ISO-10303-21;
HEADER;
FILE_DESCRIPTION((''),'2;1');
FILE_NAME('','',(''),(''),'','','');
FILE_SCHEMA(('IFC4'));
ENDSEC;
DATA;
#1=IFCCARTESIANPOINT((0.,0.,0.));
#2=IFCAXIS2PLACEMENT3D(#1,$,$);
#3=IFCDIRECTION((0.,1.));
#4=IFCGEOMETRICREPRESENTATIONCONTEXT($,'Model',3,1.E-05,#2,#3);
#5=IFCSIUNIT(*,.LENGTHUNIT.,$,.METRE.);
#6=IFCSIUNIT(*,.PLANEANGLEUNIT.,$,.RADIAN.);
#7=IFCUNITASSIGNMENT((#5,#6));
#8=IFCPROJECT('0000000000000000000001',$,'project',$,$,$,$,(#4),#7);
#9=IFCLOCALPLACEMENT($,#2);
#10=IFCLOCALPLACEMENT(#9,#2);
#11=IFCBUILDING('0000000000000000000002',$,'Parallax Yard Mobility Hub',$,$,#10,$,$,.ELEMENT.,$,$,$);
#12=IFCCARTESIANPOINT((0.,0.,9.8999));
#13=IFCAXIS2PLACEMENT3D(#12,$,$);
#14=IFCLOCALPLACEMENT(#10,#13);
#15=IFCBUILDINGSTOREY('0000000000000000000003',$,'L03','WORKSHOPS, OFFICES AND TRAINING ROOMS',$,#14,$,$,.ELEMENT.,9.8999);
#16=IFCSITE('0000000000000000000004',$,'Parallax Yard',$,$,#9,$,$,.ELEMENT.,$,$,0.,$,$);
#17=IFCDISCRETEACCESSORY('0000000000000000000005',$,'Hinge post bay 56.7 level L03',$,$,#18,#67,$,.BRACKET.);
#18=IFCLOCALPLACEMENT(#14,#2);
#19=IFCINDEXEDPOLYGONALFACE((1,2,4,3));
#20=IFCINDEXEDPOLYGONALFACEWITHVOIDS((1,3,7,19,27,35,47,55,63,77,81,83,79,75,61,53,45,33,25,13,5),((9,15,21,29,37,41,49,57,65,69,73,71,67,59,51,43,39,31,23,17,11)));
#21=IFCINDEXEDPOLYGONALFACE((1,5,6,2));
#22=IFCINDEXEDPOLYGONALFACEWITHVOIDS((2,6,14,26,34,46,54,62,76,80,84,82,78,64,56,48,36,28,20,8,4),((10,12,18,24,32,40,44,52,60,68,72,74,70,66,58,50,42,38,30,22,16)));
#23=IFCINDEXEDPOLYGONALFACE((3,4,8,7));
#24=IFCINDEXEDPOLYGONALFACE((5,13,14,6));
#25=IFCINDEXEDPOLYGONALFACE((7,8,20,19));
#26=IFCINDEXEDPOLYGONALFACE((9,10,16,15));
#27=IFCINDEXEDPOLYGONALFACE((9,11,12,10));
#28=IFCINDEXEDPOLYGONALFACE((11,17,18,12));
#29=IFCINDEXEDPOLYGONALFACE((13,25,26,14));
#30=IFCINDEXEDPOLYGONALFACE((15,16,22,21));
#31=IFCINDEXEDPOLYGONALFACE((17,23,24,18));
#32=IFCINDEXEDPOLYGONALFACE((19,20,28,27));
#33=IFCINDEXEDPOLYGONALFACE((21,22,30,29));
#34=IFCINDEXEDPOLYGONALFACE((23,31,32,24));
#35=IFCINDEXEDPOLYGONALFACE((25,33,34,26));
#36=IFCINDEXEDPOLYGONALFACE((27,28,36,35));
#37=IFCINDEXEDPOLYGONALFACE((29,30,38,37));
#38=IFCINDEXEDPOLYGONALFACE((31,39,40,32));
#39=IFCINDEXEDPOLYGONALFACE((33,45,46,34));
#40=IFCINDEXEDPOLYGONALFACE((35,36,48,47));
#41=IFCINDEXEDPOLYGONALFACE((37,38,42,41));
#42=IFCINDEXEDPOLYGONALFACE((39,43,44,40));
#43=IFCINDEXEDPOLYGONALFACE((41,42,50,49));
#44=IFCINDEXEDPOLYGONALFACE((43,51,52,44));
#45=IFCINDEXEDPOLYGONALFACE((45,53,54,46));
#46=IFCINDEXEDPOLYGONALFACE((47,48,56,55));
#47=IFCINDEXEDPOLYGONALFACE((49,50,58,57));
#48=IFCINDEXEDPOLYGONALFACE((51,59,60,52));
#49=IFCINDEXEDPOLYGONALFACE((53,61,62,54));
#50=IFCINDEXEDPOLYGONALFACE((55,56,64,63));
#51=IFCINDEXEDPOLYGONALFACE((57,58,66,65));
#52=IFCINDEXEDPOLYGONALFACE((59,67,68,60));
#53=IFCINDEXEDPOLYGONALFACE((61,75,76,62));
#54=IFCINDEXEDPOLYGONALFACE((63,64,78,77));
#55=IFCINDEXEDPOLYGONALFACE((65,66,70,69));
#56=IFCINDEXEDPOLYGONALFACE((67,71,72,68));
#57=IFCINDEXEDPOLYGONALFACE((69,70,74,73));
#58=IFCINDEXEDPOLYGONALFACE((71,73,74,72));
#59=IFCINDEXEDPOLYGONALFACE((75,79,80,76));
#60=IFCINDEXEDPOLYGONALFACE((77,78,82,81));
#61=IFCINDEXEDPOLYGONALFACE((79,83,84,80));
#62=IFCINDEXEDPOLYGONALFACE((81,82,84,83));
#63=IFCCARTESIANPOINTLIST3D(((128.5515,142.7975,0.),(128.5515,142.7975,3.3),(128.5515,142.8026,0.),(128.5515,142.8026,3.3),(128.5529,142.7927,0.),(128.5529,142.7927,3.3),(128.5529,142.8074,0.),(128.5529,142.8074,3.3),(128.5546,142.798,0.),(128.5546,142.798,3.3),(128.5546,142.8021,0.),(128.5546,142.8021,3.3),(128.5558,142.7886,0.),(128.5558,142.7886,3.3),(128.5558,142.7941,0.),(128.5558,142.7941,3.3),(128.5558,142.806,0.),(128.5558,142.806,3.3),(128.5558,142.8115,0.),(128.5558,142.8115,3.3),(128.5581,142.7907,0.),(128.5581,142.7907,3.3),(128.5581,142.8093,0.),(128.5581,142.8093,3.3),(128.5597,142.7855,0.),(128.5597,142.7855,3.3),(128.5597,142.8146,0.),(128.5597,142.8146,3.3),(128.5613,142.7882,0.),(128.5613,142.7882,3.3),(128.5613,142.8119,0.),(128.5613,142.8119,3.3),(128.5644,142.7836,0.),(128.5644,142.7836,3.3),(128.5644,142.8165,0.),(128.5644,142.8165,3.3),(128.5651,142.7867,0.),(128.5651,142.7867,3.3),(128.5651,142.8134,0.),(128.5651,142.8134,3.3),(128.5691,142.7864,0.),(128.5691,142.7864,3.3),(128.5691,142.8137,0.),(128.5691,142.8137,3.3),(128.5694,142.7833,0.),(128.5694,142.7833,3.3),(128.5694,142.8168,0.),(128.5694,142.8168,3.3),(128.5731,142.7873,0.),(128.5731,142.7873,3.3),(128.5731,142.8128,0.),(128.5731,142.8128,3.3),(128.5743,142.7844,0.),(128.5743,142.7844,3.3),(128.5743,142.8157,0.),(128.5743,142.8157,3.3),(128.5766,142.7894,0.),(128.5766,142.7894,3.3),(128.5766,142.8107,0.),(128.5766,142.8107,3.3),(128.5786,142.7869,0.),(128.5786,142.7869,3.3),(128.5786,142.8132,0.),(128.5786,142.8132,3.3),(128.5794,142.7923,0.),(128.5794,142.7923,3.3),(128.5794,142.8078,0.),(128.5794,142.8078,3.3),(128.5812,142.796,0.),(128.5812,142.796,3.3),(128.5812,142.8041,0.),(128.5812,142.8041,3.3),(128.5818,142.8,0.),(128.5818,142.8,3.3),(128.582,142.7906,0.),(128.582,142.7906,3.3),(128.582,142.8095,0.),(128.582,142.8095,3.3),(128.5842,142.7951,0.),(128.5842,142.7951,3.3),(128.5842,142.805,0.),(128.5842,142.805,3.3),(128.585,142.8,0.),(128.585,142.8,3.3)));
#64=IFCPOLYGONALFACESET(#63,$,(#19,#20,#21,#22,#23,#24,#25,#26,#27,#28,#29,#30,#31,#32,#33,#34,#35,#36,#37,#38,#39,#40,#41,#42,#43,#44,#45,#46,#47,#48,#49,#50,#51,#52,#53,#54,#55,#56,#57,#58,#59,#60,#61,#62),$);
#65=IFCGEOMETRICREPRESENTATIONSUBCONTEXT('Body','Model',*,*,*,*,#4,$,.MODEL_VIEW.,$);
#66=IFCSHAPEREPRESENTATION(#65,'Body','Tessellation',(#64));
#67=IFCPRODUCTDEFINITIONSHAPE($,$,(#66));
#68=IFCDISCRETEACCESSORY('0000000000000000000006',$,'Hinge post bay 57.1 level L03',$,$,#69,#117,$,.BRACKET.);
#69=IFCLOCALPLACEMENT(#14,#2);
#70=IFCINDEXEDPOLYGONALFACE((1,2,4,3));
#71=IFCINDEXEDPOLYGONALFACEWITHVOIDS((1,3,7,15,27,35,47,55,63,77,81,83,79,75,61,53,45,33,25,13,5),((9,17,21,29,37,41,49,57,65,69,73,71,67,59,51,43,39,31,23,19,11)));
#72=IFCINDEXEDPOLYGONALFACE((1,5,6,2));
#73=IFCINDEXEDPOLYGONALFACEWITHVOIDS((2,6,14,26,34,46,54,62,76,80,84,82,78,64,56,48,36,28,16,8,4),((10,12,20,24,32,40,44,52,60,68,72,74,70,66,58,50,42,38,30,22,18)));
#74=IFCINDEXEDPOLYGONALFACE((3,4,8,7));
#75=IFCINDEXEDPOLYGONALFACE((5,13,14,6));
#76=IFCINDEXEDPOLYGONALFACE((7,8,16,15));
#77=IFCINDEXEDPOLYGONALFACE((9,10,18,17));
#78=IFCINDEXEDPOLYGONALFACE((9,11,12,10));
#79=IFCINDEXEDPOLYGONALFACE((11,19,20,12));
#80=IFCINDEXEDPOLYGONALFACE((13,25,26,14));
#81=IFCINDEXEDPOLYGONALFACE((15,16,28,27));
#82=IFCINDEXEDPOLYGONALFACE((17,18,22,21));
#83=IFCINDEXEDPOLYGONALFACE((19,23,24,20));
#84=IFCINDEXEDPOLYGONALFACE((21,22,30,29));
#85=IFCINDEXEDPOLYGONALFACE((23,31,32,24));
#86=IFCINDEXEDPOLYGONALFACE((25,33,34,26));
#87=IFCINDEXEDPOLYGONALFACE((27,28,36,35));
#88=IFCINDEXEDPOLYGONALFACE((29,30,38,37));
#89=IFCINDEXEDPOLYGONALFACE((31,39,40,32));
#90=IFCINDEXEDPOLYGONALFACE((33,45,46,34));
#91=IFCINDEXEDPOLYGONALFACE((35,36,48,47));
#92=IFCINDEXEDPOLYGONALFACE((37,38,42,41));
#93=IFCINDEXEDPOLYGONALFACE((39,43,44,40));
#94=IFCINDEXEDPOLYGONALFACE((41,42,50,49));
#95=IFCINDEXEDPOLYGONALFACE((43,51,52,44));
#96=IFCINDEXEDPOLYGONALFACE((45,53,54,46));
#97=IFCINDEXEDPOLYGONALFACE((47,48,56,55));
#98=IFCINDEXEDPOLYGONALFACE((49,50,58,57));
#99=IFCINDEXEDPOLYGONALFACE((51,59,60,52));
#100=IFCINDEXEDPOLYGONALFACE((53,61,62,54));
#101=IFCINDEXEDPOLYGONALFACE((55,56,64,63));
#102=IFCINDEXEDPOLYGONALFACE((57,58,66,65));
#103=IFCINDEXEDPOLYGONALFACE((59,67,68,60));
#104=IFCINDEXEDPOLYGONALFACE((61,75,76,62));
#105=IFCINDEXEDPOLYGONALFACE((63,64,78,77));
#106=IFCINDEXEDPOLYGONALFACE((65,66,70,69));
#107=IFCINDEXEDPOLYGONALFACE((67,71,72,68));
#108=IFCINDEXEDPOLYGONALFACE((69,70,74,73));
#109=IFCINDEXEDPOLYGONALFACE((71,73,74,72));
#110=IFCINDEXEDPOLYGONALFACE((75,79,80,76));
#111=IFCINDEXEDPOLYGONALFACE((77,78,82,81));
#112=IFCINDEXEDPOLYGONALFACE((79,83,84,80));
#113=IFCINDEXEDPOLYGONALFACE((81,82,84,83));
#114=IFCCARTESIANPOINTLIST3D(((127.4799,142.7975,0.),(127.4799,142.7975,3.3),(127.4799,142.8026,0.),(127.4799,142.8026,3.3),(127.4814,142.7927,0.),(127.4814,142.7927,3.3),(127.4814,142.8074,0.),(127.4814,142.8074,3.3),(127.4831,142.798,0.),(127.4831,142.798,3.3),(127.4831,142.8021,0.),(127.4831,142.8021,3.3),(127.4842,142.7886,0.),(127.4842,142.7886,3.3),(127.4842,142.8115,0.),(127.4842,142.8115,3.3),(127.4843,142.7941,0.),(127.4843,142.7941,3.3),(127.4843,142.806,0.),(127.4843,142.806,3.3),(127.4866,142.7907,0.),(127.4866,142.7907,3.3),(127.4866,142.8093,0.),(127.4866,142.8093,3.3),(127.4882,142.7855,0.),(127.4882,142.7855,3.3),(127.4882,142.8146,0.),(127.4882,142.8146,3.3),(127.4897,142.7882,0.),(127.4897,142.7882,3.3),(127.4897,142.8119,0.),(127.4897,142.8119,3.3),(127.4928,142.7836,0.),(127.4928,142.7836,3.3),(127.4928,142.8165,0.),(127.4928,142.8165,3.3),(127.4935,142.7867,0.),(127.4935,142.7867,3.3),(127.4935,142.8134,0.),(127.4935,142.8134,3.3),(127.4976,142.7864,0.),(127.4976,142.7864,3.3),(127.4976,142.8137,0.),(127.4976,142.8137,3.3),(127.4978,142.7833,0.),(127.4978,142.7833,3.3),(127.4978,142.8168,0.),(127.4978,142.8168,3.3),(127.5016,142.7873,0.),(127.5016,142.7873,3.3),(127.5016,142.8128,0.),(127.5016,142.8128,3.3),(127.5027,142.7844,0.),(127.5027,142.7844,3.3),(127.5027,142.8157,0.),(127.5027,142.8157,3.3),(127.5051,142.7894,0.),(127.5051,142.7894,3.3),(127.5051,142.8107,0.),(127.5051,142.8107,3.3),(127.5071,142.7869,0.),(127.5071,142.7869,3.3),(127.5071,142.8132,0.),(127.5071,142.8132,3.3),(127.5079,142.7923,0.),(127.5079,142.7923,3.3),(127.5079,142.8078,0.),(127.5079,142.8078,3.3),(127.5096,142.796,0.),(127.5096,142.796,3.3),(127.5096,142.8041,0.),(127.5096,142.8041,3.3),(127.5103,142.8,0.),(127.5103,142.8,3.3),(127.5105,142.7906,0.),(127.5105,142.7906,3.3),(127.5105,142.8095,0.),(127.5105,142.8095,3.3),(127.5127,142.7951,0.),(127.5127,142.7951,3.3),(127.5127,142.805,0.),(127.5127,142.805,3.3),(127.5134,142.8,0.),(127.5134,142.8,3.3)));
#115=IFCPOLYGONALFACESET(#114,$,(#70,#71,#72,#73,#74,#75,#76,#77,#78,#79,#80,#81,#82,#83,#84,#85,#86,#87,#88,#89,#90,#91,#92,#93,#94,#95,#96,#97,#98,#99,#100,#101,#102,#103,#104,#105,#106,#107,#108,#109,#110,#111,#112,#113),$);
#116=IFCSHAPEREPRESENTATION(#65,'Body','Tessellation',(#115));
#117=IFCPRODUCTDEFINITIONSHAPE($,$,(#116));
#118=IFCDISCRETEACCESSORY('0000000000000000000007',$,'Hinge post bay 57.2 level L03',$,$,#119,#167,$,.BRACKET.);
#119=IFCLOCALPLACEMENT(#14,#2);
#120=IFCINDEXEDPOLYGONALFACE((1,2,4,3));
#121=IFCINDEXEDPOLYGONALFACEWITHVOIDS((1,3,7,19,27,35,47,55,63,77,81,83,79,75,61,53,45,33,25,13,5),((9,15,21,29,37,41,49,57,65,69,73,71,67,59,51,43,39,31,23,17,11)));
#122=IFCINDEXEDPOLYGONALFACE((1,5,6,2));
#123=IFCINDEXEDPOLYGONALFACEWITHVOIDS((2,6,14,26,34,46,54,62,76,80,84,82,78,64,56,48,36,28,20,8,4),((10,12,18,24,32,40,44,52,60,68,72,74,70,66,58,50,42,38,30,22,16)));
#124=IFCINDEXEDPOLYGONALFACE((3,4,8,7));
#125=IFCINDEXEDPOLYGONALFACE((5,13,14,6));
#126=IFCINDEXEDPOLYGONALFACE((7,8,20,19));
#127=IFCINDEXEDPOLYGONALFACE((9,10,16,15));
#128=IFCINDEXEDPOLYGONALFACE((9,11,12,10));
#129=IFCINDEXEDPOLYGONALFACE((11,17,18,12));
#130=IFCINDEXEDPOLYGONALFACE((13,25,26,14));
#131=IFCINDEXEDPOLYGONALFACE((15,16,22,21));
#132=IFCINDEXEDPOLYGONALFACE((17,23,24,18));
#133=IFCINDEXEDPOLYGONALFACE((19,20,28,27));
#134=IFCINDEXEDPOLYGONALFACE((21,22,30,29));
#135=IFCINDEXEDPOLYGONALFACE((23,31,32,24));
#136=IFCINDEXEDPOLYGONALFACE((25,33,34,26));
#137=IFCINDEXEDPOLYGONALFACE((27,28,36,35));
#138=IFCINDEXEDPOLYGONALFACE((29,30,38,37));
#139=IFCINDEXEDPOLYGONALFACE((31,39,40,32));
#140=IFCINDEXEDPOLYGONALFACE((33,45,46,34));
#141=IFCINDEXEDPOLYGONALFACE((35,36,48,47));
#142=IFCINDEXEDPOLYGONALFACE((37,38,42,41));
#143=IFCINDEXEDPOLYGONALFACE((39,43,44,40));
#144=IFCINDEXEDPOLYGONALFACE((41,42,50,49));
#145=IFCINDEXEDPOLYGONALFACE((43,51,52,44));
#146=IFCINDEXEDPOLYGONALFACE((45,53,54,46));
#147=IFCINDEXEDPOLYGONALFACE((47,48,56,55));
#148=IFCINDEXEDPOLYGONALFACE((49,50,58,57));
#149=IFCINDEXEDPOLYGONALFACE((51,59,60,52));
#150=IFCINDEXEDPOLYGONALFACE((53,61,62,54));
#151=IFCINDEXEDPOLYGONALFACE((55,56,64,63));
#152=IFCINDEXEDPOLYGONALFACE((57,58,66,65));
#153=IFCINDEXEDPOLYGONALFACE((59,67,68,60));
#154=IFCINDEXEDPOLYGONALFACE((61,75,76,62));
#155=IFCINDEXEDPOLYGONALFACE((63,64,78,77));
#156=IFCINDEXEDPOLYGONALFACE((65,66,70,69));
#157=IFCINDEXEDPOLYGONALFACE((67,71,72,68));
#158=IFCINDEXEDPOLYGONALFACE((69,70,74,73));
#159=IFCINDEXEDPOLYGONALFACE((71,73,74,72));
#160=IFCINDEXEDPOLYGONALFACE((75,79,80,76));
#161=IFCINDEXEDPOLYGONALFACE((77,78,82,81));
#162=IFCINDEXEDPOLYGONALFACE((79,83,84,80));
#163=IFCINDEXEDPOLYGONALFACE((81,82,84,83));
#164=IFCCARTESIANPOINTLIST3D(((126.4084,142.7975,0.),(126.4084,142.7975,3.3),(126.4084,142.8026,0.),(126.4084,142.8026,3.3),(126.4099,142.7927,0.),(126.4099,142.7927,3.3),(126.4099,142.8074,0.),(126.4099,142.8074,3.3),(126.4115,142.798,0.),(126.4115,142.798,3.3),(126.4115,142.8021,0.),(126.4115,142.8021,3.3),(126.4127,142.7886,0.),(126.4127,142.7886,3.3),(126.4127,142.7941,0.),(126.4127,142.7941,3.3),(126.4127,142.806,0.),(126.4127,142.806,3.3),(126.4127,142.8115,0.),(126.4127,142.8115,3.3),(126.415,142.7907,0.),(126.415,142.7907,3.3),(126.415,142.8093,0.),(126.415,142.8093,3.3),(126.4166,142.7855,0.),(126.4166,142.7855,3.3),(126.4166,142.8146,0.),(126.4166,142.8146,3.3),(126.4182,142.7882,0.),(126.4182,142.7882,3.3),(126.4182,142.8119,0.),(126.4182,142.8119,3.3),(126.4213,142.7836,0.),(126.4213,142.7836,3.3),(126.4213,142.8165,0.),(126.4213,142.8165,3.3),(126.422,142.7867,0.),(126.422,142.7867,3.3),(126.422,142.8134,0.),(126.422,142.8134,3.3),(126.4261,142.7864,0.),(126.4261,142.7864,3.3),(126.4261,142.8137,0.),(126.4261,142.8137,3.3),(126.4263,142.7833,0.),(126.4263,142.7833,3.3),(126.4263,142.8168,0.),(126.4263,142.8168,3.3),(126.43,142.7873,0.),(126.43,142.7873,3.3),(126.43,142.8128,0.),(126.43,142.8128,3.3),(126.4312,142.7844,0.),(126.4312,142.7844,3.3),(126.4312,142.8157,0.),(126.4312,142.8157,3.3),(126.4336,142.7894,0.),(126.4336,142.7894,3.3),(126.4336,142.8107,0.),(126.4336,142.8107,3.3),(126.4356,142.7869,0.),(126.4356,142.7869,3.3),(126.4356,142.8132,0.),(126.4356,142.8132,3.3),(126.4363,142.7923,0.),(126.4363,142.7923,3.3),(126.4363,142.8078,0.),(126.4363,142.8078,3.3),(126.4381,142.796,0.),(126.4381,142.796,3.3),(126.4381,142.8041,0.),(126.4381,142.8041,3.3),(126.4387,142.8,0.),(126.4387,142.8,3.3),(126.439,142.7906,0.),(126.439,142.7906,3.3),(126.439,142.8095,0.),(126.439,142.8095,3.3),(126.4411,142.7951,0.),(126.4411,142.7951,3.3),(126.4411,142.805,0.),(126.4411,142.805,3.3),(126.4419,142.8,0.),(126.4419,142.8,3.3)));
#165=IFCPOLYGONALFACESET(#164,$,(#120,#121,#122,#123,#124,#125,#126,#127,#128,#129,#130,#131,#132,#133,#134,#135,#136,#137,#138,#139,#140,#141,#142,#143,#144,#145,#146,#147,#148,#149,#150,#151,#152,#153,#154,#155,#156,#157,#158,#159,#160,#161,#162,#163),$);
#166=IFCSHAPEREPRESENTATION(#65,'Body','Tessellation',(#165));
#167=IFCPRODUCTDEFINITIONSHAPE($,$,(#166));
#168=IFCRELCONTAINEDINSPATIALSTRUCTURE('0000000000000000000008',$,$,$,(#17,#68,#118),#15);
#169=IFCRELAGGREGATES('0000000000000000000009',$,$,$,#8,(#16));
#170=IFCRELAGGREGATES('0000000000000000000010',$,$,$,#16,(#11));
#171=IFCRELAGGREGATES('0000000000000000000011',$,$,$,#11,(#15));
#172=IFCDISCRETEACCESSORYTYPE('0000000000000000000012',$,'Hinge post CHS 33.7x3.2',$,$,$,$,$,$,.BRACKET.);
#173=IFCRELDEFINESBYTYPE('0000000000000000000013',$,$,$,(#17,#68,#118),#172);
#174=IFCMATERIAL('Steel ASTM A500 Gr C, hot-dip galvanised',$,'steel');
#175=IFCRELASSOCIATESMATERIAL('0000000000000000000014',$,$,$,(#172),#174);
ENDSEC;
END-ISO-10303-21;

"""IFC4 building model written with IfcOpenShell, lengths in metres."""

from ifc_helpers import new_model, si_unit, direction, frame, origin, origin_2d, place, context, subcontext, project, spatial, hollow_circle, extrude, material, material_profile, profile_set, type_object, element, save


model = new_model("IFC4")

# Units and contexts
model_context = context("Model", 3, precision=1e-05, world=origin(), true_north=direction((0.0, 1.0)))
body_context = subcontext(model_context, "Body", "Model", "MODEL_VIEW")
ifc_project = project(units=[si_unit("LENGTHUNIT", "METRE"), si_unit("PLANEANGLEUNIT", "RADIAN")], contexts=[model_context])

# Site, building, storey
site_placement = place(None, origin())
site = spatial("IfcSite", under=ifc_project, at=site_placement, Name="Parallax Yard", CompositionType="ELEMENT", RefElevation=0.0)
building_placement = place(site_placement, origin())
building = spatial("IfcBuilding", under=site, at=building_placement, Name="Parallax Yard Mobility Hub", CompositionType="ELEMENT")
storey_placement = place(building_placement, frame((0.0, 0.0, 9.8999)))
storey = spatial("IfcBuildingStorey", under=building, at=storey_placement, Name="L03", Description="WORKSHOPS, OFFICES AND TRAINING ROOMS", CompositionType="ELEMENT", Elevation=9.8999)

# Discrete accessories
ifc_material_1 = material(Name="Steel ASTM A500 Gr C, hot-dip galvanised", Category="steel")
ifc_material_profile = material_profile(ifc_material_1, hollow_circle(Radius=0.0168, WallThickness=0.0032, at=origin_2d()), Name="CHS 33.7x3.2")
ifc_profile_set = profile_set([ifc_material_profile], Name="Steel ASTM A500 Gr C, hot-dip galvanised")
discrete_accessory_type_1 = type_object("IfcDiscreteAccessoryType", Name="Hinge post CHS 33.7x3.2", PredefinedType="BRACKET", material=ifc_profile_set)
for number, where, z_axis, x_axis, name in (
    (1, (128.5681, 142.8, 0.0), (0.0, 0.0, 1.0), (1.0, 0.0, 0.0), "Hinge post bay 56.7 level L03"),
    (2, (127.4966, 142.8, 0.0), (0.0, 0.0, 1.0), (1.0, 0.0, 0.0), "Hinge post bay 57.1 level L03"),
    (3, (126.425, 142.8, 0.0), (0.0, 0.0, 1.0), (1.0, 0.0, 0.0), "Hinge post bay 57.2 level L03"),
):
    element("IfcDiscreteAccessory", number, at=place(storey_placement, frame(where, z_axis=z_axis, x_axis=x_axis)), inside=storey, type_object=discrete_accessory_type_1, Name=name, PredefinedType="BRACKET", context=body_context, shape_type="SweptSolid", body=[
        extrude(hollow_circle(Radius=0.0168, WallThickness=0.0032, at=origin_2d()), origin(), (0.0, 0.0, 1.0), 3.3),
    ])

save(model, "model.ifc")
